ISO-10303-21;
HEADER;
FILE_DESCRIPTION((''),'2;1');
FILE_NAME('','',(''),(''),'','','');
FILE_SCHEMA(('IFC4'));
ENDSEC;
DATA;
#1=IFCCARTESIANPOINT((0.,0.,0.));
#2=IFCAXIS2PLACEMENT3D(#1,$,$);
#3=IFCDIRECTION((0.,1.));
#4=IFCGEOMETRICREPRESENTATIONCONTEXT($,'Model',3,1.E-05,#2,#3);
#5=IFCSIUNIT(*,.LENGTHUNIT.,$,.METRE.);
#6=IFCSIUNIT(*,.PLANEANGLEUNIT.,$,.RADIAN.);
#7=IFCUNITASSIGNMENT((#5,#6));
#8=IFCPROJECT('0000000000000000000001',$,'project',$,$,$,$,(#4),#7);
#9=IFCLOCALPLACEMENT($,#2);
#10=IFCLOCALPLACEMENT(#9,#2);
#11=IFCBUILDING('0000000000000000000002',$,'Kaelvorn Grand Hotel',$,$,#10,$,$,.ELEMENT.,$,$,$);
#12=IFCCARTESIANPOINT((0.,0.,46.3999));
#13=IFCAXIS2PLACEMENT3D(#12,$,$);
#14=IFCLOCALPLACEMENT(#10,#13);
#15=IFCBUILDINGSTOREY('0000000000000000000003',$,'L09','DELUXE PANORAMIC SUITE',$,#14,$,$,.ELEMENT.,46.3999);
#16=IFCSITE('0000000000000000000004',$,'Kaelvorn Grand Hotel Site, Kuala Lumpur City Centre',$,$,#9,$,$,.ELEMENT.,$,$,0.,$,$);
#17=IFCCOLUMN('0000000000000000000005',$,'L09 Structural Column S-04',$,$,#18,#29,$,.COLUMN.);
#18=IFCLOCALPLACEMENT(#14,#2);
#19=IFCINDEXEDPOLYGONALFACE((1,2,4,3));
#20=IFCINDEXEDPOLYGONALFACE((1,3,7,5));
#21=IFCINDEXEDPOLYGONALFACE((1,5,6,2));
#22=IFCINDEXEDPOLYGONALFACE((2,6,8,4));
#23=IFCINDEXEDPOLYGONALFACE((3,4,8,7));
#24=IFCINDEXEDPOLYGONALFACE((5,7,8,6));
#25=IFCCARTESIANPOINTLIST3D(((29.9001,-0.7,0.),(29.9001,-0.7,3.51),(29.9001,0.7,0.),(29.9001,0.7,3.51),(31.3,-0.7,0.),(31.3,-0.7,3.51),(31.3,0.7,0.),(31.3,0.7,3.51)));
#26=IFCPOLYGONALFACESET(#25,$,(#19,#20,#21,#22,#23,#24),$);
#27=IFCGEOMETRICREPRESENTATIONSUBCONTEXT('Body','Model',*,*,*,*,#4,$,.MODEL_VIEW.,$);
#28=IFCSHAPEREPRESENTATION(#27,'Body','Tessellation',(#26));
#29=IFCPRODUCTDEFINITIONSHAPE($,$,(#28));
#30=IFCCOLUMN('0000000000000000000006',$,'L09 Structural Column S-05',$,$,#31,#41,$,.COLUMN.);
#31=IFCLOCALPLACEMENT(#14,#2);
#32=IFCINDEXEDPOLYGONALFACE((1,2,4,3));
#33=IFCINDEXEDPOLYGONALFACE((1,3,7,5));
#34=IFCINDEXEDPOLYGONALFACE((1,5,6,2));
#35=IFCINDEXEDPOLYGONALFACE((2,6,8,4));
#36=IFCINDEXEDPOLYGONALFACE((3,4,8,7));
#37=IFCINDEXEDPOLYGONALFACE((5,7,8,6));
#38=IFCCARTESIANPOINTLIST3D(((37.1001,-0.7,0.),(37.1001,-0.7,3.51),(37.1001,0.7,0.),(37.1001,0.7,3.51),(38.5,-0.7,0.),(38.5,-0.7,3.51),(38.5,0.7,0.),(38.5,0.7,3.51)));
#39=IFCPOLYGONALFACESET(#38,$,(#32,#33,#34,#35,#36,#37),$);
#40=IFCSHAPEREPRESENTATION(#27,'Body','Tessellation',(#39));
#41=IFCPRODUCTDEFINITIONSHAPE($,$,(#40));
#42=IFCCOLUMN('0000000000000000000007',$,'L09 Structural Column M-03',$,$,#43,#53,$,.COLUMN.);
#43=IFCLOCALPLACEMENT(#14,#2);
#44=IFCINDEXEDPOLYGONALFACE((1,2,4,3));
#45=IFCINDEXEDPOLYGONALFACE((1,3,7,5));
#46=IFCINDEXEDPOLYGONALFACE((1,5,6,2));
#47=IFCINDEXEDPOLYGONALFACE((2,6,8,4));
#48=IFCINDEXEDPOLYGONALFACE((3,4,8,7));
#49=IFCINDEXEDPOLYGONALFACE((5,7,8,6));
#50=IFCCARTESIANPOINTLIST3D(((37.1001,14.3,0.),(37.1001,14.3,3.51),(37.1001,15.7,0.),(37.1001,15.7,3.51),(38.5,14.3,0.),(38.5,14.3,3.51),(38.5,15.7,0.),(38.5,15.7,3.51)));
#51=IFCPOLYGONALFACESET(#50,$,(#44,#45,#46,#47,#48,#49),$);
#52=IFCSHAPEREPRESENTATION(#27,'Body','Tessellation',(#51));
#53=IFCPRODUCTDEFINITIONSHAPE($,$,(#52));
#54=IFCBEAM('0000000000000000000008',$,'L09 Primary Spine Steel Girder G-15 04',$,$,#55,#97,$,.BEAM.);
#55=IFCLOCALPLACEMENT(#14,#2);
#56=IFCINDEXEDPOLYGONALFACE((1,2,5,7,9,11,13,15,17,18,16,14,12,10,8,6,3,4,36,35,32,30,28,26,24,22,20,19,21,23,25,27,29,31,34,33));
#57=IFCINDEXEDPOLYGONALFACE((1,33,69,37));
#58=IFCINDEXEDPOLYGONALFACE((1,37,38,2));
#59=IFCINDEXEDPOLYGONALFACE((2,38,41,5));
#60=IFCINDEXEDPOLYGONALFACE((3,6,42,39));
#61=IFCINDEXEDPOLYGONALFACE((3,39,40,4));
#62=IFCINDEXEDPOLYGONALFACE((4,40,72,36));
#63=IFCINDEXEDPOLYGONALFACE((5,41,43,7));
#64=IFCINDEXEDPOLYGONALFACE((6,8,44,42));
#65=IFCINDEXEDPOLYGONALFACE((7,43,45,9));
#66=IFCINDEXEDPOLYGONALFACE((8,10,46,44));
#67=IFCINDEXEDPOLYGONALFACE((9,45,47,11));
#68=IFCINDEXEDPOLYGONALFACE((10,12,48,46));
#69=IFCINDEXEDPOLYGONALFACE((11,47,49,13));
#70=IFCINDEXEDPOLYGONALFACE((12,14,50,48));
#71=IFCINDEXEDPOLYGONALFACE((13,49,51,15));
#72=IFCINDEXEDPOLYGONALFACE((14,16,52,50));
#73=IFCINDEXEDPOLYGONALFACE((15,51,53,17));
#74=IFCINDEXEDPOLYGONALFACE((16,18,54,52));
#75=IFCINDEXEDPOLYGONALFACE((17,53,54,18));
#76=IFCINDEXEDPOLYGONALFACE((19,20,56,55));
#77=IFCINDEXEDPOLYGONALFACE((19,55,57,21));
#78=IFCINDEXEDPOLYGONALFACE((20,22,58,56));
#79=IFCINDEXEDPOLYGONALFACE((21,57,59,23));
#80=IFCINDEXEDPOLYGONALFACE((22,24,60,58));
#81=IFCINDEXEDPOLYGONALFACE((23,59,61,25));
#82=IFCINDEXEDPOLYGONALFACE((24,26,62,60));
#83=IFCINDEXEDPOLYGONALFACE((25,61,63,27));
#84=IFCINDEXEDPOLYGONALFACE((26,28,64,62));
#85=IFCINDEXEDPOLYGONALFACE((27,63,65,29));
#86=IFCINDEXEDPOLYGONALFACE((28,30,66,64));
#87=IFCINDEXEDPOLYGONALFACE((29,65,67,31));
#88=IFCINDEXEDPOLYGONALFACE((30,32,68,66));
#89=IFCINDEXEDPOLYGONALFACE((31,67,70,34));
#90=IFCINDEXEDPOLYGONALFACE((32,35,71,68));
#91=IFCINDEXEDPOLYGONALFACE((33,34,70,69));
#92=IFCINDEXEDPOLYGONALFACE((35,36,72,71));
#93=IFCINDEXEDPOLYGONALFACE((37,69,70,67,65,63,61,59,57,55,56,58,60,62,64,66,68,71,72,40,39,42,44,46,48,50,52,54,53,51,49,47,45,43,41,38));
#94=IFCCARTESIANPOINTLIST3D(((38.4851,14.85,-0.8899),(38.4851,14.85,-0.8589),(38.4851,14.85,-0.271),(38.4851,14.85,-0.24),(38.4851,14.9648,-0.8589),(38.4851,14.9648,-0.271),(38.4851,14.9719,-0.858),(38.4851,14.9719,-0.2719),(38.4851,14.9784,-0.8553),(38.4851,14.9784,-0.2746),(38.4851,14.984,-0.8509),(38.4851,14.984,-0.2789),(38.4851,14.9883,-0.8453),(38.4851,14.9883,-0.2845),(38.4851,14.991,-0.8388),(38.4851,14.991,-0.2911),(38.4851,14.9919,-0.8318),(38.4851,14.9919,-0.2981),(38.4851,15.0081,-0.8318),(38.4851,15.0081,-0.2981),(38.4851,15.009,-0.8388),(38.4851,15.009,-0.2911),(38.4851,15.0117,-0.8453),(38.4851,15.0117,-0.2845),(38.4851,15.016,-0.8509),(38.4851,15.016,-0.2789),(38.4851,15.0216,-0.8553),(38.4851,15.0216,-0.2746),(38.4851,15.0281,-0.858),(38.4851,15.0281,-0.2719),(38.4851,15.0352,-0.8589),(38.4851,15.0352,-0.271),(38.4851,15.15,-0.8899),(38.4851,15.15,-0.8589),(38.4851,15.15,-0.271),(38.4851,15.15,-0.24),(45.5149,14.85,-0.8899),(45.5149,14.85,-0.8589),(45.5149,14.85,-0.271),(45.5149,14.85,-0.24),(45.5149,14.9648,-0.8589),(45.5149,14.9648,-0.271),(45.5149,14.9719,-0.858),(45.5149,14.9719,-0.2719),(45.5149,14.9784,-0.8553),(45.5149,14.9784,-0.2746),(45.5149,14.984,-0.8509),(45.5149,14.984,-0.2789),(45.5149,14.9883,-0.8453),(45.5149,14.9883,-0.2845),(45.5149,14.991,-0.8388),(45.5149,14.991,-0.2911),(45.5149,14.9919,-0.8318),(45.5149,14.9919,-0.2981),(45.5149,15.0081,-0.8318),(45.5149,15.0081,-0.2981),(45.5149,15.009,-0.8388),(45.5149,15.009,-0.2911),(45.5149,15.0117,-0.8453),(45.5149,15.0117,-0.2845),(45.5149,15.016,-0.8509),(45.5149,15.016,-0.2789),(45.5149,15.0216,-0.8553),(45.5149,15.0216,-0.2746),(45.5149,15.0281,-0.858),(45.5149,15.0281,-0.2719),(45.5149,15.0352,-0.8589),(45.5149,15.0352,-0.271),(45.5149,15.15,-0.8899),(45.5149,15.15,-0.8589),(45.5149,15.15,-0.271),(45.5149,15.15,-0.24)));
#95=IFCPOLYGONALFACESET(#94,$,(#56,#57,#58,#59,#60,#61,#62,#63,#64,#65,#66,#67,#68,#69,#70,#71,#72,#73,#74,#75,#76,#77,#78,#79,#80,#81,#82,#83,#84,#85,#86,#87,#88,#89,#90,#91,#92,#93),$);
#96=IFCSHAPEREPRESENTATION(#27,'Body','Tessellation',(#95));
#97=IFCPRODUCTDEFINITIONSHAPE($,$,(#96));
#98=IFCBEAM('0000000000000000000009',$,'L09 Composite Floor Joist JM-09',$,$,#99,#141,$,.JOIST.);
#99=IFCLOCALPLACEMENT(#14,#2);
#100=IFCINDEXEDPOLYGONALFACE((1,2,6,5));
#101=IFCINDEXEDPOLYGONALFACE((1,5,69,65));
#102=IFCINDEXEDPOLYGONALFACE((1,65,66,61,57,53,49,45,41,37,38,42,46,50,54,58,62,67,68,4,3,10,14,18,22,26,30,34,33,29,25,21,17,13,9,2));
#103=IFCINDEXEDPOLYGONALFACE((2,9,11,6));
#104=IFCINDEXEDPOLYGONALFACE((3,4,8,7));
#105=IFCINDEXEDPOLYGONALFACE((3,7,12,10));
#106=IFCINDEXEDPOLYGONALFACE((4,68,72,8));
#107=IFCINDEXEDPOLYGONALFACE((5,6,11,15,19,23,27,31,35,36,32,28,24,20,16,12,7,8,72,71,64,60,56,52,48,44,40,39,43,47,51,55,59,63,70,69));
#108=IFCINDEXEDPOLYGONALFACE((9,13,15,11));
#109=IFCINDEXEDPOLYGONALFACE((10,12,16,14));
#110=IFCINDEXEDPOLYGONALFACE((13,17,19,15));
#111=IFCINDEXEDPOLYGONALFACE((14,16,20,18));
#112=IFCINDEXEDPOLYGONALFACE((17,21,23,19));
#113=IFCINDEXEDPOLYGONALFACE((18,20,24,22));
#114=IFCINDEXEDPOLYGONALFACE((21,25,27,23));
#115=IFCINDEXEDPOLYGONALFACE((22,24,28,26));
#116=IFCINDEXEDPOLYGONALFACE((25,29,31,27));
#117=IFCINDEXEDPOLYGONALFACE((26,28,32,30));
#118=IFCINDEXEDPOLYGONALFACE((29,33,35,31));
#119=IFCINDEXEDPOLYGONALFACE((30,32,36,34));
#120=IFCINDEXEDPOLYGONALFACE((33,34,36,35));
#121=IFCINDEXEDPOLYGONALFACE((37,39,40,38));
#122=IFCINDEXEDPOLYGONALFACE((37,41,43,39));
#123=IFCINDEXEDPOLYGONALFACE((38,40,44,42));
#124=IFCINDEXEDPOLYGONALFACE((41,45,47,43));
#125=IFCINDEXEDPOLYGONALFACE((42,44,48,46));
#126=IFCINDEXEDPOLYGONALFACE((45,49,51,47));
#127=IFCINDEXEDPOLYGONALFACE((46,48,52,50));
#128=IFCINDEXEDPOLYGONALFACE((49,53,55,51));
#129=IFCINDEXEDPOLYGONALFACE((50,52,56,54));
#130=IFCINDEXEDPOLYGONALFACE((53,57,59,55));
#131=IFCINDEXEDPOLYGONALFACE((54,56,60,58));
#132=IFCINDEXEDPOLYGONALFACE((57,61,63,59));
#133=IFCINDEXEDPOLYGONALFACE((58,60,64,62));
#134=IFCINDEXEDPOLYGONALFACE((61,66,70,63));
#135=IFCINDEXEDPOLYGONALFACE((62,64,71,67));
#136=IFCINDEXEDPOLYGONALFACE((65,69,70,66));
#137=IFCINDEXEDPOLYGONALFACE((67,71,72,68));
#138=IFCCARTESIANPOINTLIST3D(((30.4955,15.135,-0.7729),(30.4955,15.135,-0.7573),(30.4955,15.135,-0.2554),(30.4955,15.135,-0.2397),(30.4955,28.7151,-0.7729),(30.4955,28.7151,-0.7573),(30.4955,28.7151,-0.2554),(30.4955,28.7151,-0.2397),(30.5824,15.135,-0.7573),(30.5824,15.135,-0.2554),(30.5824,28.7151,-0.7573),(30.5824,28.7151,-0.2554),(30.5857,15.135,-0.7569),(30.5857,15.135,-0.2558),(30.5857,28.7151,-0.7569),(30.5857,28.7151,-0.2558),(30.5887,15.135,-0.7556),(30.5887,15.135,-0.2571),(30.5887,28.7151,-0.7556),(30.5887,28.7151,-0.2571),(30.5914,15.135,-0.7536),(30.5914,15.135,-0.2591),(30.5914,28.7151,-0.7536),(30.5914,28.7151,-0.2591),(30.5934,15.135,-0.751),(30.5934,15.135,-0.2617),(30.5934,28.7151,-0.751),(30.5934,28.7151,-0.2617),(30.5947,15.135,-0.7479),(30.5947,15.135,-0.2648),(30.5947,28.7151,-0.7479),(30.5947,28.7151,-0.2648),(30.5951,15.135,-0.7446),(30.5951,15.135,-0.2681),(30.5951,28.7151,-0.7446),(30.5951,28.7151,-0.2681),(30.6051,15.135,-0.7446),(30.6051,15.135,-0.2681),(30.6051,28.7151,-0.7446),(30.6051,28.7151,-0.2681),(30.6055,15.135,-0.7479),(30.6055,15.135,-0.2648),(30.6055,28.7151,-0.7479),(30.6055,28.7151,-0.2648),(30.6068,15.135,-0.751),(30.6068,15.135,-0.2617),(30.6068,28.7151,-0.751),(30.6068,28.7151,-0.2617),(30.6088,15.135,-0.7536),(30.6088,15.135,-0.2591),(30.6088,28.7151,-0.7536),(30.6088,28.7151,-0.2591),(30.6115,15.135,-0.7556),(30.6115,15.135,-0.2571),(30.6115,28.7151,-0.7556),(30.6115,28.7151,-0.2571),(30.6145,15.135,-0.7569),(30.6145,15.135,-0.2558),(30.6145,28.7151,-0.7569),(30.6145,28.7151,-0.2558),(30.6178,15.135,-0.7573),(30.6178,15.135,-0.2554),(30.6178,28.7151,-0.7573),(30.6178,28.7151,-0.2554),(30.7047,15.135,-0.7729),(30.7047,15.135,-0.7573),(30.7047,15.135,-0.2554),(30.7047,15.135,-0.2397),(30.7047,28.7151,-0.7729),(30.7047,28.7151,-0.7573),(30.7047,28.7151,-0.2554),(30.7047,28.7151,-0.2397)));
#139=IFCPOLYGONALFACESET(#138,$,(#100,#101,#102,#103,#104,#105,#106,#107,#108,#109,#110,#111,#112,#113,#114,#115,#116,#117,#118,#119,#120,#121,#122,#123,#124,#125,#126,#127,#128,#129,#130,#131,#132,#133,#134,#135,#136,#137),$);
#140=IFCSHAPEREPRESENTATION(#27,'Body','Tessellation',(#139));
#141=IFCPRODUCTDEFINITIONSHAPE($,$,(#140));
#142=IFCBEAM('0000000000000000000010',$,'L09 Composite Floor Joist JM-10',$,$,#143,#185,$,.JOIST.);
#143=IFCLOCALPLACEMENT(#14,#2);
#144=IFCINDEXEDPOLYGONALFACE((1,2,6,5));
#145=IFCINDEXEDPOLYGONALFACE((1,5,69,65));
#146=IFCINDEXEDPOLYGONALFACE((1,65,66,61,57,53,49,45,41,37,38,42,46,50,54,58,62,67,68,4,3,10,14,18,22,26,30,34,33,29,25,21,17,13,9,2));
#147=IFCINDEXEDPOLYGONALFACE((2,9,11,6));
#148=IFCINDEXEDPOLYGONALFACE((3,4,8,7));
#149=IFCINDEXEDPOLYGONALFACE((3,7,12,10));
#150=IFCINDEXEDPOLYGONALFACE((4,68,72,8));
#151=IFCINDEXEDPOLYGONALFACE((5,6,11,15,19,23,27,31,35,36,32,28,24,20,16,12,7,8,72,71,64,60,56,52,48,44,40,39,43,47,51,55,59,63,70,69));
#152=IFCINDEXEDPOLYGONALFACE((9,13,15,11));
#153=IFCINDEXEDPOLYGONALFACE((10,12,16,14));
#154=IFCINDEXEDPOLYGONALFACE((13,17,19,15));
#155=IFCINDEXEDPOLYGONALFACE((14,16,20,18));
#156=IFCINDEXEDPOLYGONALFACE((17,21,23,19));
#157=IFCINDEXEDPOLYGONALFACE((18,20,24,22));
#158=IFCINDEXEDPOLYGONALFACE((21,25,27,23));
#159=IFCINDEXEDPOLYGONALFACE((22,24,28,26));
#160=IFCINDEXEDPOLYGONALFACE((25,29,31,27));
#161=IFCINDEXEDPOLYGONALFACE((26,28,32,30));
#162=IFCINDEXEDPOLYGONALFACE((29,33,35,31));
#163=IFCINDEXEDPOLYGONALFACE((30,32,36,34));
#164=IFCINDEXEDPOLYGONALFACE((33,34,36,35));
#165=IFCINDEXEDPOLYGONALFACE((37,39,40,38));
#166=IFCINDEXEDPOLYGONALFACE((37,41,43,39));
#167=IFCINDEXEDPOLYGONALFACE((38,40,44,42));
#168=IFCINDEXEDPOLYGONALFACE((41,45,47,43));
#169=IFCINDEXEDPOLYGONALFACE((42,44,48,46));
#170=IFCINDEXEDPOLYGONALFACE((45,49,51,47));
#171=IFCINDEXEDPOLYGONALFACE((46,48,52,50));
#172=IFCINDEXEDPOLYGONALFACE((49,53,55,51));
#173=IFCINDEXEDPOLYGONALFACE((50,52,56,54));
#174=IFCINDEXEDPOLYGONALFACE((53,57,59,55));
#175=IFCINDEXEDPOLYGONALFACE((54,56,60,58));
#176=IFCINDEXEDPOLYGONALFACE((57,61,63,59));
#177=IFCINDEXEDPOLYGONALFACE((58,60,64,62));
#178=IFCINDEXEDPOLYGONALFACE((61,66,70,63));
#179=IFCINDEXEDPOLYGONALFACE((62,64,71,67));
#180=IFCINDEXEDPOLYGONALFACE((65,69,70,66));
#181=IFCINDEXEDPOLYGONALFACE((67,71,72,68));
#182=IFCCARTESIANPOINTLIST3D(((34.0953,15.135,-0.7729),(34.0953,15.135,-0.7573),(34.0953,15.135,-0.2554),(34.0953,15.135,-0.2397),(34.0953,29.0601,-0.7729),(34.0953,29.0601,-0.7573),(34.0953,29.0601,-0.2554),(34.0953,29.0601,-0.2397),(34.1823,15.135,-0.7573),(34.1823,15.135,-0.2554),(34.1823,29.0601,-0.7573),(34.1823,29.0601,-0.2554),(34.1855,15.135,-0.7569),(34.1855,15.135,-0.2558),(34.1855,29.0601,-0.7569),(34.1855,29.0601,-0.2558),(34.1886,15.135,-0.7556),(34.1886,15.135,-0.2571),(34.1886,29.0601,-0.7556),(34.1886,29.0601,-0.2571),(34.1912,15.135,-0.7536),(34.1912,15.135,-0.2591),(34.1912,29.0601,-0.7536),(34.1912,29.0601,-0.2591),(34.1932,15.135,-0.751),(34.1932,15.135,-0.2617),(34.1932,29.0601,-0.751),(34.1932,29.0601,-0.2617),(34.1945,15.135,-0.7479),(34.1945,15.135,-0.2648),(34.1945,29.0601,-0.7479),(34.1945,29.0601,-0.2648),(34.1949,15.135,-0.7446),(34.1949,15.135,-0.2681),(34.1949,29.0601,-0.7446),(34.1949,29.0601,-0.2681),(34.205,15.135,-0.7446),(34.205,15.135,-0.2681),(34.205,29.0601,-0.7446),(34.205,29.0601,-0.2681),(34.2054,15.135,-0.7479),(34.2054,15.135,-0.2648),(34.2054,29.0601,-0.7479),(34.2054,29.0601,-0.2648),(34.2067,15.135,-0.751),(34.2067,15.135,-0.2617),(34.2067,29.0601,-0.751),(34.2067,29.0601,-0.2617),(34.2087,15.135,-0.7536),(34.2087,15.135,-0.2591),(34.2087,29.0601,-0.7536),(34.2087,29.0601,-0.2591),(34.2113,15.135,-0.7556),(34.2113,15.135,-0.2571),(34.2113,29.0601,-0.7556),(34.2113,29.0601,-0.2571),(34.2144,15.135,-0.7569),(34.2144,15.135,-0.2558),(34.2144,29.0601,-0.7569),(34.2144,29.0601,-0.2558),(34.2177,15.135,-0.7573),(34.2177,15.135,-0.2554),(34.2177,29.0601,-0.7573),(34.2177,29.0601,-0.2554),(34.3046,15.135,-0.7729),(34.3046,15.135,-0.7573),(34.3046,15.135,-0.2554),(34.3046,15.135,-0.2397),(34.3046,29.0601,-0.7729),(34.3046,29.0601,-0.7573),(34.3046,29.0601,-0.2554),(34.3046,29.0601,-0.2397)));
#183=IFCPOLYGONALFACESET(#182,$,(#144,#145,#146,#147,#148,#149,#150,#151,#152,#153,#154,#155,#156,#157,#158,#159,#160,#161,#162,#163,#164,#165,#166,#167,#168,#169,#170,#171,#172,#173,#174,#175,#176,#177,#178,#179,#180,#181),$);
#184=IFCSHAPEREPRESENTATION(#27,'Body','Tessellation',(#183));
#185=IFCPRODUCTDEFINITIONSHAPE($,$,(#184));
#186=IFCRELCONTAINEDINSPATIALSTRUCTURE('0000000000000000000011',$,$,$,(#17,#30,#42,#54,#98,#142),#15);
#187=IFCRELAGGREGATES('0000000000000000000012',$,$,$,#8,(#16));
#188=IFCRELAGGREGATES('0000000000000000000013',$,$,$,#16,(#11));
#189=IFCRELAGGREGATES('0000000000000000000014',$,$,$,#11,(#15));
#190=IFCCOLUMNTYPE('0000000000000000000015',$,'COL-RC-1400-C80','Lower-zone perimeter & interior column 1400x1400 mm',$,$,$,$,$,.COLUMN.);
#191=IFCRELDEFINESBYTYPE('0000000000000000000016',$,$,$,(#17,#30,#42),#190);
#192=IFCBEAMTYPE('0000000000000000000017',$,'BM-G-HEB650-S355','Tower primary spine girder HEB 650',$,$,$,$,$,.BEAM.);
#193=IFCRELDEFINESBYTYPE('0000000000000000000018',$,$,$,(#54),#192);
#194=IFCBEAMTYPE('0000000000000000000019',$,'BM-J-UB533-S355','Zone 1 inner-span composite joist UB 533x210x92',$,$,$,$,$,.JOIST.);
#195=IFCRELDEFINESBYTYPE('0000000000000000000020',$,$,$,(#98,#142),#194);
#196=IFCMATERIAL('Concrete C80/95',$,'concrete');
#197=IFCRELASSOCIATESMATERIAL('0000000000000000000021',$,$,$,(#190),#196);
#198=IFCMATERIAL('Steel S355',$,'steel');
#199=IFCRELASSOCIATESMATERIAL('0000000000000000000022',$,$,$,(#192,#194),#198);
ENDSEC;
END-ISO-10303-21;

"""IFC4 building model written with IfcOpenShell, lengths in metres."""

from ifc_helpers import new_model, si_unit, direction, frame, origin, origin_2d, place, context, subcontext, project, spatial, rectangle, i_section, extrude, material, material_profile, profile_set, type_object, element, save


model = new_model("IFC4")

# Units and contexts
model_context = context("Model", 3, precision=1e-05, world=origin(), true_north=direction((0.0, 1.0)))
body_context = subcontext(model_context, "Body", "Model", "MODEL_VIEW")
ifc_project = project(units=[si_unit("LENGTHUNIT", "METRE"), si_unit("PLANEANGLEUNIT", "RADIAN")], contexts=[model_context])

# Site, building, storey
site_placement = place(None, origin())
site = spatial("IfcSite", under=ifc_project, at=site_placement, Name="Kaelvorn Grand Hotel Site, Kuala Lumpur City Centre", CompositionType="ELEMENT", RefElevation=0.0)
building_placement = place(site_placement, origin())
building = spatial("IfcBuilding", under=site, at=building_placement, Name="Kaelvorn Grand Hotel", CompositionType="ELEMENT")
storey_placement = place(building_placement, frame((0.0, 0.0, 46.3999)))
storey = spatial("IfcBuildingStorey", under=building, at=storey_placement, Name="L09", Description="DELUXE PANORAMIC SUITE", CompositionType="ELEMENT", Elevation=46.3999)

# Columns
ifc_material_1 = material(Name="Concrete C80/95", Category="concrete")
ifc_material_profile_1 = material_profile(ifc_material_1, rectangle(XDim=1.3999, YDim=1.3999, at=origin_2d()), Name="RC COL 1400x1400")
ifc_profile_set_1 = profile_set([ifc_material_profile_1], Name="Concrete C80/95")
column_type = type_object("IfcColumnType", Name="COL-RC-1400-C80", Description="Lower-zone perimeter & interior column 1400x1400 mm", PredefinedType="COLUMN", material=ifc_profile_set_1)
for number, where, z_axis, x_axis, name in (
    (1, (30.6001, 0.0, 0.0), (0.0, 0.0, 1.0), (1.0, 0.0, 0.0), "L09 Structural Column S-04"),
    (2, (37.8, 0.0, 0.0), (0.0, 0.0, 1.0), (1.0, 0.0, 0.0), "L09 Structural Column S-05"),
    (3, (37.8, 15.0, 0.0), (0.0, 0.0, 1.0), (1.0, 0.0, 0.0), "L09 Structural Column M-03"),
):
    element("IfcColumn", number, at=place(storey_placement, frame(where, z_axis=z_axis, x_axis=x_axis)), inside=storey, type_object=column_type, Name=name, PredefinedType="COLUMN", context=body_context, shape_type="SweptSolid", body=[
        extrude(rectangle(XDim=1.3999, YDim=1.3999, at=origin_2d()), origin(), (0.0, 0.0, 1.0), 3.51),
    ])

# Beams
ifc_material_2 = material(Name="Steel S355", Category="steel")
ifc_material_profile_2 = material_profile(ifc_material_2, i_section(OverallWidth=0.3, OverallDepth=0.6499, WebThickness=0.0161, FlangeThickness=0.031, FilletRadius=0.0271, at=origin_2d()), Name="HEB 650")
ifc_profile_set_2 = profile_set([ifc_material_profile_2], Name="Steel S355")
beam_type_1 = type_object("IfcBeamType", Name="BM-G-HEB650-S355", Description="Tower primary spine girder HEB 650", PredefinedType="BEAM", material=ifc_profile_set_2)
beam_1_placement = place(storey_placement, frame((38.4851, 15.0, -0.5649), z_axis=(1.0, 0.0, 0.0), x_axis=(0.0, 1.0, 0.0)))
element("IfcBeam", 4, at=beam_1_placement, inside=storey, type_object=beam_type_1, Name="L09 Primary Spine Steel Girder G-15 04", PredefinedType="BEAM", context=body_context, shape_type="SweptSolid", body=[
    extrude(i_section(OverallWidth=0.3, OverallDepth=0.6499, WebThickness=0.0161, FlangeThickness=0.031, FilletRadius=0.0271, at=origin_2d()), origin(), (0.0, 0.0, 1.0), 7.0298),
])
ifc_material_profile_3 = material_profile(ifc_material_2, i_section(OverallWidth=0.2092, OverallDepth=0.5332, WebThickness=0.01, FlangeThickness=0.0156, FilletRadius=0.0127, at=origin_2d()), Name="UB 533x210x92")
ifc_profile_set_3 = profile_set([ifc_material_profile_3], Name="Steel S355")
beam_type_2 = type_object("IfcBeamType", Name="BM-J-UB533-S355", Description="Zone 1 inner-span composite joist UB 533x210x92", PredefinedType="JOIST", material=ifc_profile_set_3)
beam_2_placement = place(storey_placement, frame((30.6001, 15.135, -0.5063), z_axis=(0.0, 1.0, 0.0), x_axis=(-1.0, 0.0, 0.0)))
element("IfcBeam", 5, at=beam_2_placement, inside=storey, type_object=beam_type_2, Name="L09 Composite Floor Joist JM-09", PredefinedType="JOIST", context=body_context, shape_type="SweptSolid", body=[
    extrude(i_section(OverallWidth=0.2092, OverallDepth=0.5332, WebThickness=0.01, FlangeThickness=0.0156, FilletRadius=0.0127, at=origin_2d()), origin(), (0.0, 0.0, 1.0), 13.5801),
])
beam_3_placement = place(storey_placement, frame((34.2, 15.135, -0.5063), z_axis=(0.0, 1.0, 0.0), x_axis=(-1.0, 0.0, 0.0)))
element("IfcBeam", 6, at=beam_3_placement, inside=storey, type_object=beam_type_2, Name="L09 Composite Floor Joist JM-10", PredefinedType="JOIST", context=body_context, shape_type="SweptSolid", body=[
    extrude(i_section(OverallWidth=0.2092, OverallDepth=0.5332, WebThickness=0.01, FlangeThickness=0.0156, FilletRadius=0.0127, at=origin_2d()), origin(), (0.0, 0.0, 1.0), 13.925),
])

save(model, "model.ifc")
